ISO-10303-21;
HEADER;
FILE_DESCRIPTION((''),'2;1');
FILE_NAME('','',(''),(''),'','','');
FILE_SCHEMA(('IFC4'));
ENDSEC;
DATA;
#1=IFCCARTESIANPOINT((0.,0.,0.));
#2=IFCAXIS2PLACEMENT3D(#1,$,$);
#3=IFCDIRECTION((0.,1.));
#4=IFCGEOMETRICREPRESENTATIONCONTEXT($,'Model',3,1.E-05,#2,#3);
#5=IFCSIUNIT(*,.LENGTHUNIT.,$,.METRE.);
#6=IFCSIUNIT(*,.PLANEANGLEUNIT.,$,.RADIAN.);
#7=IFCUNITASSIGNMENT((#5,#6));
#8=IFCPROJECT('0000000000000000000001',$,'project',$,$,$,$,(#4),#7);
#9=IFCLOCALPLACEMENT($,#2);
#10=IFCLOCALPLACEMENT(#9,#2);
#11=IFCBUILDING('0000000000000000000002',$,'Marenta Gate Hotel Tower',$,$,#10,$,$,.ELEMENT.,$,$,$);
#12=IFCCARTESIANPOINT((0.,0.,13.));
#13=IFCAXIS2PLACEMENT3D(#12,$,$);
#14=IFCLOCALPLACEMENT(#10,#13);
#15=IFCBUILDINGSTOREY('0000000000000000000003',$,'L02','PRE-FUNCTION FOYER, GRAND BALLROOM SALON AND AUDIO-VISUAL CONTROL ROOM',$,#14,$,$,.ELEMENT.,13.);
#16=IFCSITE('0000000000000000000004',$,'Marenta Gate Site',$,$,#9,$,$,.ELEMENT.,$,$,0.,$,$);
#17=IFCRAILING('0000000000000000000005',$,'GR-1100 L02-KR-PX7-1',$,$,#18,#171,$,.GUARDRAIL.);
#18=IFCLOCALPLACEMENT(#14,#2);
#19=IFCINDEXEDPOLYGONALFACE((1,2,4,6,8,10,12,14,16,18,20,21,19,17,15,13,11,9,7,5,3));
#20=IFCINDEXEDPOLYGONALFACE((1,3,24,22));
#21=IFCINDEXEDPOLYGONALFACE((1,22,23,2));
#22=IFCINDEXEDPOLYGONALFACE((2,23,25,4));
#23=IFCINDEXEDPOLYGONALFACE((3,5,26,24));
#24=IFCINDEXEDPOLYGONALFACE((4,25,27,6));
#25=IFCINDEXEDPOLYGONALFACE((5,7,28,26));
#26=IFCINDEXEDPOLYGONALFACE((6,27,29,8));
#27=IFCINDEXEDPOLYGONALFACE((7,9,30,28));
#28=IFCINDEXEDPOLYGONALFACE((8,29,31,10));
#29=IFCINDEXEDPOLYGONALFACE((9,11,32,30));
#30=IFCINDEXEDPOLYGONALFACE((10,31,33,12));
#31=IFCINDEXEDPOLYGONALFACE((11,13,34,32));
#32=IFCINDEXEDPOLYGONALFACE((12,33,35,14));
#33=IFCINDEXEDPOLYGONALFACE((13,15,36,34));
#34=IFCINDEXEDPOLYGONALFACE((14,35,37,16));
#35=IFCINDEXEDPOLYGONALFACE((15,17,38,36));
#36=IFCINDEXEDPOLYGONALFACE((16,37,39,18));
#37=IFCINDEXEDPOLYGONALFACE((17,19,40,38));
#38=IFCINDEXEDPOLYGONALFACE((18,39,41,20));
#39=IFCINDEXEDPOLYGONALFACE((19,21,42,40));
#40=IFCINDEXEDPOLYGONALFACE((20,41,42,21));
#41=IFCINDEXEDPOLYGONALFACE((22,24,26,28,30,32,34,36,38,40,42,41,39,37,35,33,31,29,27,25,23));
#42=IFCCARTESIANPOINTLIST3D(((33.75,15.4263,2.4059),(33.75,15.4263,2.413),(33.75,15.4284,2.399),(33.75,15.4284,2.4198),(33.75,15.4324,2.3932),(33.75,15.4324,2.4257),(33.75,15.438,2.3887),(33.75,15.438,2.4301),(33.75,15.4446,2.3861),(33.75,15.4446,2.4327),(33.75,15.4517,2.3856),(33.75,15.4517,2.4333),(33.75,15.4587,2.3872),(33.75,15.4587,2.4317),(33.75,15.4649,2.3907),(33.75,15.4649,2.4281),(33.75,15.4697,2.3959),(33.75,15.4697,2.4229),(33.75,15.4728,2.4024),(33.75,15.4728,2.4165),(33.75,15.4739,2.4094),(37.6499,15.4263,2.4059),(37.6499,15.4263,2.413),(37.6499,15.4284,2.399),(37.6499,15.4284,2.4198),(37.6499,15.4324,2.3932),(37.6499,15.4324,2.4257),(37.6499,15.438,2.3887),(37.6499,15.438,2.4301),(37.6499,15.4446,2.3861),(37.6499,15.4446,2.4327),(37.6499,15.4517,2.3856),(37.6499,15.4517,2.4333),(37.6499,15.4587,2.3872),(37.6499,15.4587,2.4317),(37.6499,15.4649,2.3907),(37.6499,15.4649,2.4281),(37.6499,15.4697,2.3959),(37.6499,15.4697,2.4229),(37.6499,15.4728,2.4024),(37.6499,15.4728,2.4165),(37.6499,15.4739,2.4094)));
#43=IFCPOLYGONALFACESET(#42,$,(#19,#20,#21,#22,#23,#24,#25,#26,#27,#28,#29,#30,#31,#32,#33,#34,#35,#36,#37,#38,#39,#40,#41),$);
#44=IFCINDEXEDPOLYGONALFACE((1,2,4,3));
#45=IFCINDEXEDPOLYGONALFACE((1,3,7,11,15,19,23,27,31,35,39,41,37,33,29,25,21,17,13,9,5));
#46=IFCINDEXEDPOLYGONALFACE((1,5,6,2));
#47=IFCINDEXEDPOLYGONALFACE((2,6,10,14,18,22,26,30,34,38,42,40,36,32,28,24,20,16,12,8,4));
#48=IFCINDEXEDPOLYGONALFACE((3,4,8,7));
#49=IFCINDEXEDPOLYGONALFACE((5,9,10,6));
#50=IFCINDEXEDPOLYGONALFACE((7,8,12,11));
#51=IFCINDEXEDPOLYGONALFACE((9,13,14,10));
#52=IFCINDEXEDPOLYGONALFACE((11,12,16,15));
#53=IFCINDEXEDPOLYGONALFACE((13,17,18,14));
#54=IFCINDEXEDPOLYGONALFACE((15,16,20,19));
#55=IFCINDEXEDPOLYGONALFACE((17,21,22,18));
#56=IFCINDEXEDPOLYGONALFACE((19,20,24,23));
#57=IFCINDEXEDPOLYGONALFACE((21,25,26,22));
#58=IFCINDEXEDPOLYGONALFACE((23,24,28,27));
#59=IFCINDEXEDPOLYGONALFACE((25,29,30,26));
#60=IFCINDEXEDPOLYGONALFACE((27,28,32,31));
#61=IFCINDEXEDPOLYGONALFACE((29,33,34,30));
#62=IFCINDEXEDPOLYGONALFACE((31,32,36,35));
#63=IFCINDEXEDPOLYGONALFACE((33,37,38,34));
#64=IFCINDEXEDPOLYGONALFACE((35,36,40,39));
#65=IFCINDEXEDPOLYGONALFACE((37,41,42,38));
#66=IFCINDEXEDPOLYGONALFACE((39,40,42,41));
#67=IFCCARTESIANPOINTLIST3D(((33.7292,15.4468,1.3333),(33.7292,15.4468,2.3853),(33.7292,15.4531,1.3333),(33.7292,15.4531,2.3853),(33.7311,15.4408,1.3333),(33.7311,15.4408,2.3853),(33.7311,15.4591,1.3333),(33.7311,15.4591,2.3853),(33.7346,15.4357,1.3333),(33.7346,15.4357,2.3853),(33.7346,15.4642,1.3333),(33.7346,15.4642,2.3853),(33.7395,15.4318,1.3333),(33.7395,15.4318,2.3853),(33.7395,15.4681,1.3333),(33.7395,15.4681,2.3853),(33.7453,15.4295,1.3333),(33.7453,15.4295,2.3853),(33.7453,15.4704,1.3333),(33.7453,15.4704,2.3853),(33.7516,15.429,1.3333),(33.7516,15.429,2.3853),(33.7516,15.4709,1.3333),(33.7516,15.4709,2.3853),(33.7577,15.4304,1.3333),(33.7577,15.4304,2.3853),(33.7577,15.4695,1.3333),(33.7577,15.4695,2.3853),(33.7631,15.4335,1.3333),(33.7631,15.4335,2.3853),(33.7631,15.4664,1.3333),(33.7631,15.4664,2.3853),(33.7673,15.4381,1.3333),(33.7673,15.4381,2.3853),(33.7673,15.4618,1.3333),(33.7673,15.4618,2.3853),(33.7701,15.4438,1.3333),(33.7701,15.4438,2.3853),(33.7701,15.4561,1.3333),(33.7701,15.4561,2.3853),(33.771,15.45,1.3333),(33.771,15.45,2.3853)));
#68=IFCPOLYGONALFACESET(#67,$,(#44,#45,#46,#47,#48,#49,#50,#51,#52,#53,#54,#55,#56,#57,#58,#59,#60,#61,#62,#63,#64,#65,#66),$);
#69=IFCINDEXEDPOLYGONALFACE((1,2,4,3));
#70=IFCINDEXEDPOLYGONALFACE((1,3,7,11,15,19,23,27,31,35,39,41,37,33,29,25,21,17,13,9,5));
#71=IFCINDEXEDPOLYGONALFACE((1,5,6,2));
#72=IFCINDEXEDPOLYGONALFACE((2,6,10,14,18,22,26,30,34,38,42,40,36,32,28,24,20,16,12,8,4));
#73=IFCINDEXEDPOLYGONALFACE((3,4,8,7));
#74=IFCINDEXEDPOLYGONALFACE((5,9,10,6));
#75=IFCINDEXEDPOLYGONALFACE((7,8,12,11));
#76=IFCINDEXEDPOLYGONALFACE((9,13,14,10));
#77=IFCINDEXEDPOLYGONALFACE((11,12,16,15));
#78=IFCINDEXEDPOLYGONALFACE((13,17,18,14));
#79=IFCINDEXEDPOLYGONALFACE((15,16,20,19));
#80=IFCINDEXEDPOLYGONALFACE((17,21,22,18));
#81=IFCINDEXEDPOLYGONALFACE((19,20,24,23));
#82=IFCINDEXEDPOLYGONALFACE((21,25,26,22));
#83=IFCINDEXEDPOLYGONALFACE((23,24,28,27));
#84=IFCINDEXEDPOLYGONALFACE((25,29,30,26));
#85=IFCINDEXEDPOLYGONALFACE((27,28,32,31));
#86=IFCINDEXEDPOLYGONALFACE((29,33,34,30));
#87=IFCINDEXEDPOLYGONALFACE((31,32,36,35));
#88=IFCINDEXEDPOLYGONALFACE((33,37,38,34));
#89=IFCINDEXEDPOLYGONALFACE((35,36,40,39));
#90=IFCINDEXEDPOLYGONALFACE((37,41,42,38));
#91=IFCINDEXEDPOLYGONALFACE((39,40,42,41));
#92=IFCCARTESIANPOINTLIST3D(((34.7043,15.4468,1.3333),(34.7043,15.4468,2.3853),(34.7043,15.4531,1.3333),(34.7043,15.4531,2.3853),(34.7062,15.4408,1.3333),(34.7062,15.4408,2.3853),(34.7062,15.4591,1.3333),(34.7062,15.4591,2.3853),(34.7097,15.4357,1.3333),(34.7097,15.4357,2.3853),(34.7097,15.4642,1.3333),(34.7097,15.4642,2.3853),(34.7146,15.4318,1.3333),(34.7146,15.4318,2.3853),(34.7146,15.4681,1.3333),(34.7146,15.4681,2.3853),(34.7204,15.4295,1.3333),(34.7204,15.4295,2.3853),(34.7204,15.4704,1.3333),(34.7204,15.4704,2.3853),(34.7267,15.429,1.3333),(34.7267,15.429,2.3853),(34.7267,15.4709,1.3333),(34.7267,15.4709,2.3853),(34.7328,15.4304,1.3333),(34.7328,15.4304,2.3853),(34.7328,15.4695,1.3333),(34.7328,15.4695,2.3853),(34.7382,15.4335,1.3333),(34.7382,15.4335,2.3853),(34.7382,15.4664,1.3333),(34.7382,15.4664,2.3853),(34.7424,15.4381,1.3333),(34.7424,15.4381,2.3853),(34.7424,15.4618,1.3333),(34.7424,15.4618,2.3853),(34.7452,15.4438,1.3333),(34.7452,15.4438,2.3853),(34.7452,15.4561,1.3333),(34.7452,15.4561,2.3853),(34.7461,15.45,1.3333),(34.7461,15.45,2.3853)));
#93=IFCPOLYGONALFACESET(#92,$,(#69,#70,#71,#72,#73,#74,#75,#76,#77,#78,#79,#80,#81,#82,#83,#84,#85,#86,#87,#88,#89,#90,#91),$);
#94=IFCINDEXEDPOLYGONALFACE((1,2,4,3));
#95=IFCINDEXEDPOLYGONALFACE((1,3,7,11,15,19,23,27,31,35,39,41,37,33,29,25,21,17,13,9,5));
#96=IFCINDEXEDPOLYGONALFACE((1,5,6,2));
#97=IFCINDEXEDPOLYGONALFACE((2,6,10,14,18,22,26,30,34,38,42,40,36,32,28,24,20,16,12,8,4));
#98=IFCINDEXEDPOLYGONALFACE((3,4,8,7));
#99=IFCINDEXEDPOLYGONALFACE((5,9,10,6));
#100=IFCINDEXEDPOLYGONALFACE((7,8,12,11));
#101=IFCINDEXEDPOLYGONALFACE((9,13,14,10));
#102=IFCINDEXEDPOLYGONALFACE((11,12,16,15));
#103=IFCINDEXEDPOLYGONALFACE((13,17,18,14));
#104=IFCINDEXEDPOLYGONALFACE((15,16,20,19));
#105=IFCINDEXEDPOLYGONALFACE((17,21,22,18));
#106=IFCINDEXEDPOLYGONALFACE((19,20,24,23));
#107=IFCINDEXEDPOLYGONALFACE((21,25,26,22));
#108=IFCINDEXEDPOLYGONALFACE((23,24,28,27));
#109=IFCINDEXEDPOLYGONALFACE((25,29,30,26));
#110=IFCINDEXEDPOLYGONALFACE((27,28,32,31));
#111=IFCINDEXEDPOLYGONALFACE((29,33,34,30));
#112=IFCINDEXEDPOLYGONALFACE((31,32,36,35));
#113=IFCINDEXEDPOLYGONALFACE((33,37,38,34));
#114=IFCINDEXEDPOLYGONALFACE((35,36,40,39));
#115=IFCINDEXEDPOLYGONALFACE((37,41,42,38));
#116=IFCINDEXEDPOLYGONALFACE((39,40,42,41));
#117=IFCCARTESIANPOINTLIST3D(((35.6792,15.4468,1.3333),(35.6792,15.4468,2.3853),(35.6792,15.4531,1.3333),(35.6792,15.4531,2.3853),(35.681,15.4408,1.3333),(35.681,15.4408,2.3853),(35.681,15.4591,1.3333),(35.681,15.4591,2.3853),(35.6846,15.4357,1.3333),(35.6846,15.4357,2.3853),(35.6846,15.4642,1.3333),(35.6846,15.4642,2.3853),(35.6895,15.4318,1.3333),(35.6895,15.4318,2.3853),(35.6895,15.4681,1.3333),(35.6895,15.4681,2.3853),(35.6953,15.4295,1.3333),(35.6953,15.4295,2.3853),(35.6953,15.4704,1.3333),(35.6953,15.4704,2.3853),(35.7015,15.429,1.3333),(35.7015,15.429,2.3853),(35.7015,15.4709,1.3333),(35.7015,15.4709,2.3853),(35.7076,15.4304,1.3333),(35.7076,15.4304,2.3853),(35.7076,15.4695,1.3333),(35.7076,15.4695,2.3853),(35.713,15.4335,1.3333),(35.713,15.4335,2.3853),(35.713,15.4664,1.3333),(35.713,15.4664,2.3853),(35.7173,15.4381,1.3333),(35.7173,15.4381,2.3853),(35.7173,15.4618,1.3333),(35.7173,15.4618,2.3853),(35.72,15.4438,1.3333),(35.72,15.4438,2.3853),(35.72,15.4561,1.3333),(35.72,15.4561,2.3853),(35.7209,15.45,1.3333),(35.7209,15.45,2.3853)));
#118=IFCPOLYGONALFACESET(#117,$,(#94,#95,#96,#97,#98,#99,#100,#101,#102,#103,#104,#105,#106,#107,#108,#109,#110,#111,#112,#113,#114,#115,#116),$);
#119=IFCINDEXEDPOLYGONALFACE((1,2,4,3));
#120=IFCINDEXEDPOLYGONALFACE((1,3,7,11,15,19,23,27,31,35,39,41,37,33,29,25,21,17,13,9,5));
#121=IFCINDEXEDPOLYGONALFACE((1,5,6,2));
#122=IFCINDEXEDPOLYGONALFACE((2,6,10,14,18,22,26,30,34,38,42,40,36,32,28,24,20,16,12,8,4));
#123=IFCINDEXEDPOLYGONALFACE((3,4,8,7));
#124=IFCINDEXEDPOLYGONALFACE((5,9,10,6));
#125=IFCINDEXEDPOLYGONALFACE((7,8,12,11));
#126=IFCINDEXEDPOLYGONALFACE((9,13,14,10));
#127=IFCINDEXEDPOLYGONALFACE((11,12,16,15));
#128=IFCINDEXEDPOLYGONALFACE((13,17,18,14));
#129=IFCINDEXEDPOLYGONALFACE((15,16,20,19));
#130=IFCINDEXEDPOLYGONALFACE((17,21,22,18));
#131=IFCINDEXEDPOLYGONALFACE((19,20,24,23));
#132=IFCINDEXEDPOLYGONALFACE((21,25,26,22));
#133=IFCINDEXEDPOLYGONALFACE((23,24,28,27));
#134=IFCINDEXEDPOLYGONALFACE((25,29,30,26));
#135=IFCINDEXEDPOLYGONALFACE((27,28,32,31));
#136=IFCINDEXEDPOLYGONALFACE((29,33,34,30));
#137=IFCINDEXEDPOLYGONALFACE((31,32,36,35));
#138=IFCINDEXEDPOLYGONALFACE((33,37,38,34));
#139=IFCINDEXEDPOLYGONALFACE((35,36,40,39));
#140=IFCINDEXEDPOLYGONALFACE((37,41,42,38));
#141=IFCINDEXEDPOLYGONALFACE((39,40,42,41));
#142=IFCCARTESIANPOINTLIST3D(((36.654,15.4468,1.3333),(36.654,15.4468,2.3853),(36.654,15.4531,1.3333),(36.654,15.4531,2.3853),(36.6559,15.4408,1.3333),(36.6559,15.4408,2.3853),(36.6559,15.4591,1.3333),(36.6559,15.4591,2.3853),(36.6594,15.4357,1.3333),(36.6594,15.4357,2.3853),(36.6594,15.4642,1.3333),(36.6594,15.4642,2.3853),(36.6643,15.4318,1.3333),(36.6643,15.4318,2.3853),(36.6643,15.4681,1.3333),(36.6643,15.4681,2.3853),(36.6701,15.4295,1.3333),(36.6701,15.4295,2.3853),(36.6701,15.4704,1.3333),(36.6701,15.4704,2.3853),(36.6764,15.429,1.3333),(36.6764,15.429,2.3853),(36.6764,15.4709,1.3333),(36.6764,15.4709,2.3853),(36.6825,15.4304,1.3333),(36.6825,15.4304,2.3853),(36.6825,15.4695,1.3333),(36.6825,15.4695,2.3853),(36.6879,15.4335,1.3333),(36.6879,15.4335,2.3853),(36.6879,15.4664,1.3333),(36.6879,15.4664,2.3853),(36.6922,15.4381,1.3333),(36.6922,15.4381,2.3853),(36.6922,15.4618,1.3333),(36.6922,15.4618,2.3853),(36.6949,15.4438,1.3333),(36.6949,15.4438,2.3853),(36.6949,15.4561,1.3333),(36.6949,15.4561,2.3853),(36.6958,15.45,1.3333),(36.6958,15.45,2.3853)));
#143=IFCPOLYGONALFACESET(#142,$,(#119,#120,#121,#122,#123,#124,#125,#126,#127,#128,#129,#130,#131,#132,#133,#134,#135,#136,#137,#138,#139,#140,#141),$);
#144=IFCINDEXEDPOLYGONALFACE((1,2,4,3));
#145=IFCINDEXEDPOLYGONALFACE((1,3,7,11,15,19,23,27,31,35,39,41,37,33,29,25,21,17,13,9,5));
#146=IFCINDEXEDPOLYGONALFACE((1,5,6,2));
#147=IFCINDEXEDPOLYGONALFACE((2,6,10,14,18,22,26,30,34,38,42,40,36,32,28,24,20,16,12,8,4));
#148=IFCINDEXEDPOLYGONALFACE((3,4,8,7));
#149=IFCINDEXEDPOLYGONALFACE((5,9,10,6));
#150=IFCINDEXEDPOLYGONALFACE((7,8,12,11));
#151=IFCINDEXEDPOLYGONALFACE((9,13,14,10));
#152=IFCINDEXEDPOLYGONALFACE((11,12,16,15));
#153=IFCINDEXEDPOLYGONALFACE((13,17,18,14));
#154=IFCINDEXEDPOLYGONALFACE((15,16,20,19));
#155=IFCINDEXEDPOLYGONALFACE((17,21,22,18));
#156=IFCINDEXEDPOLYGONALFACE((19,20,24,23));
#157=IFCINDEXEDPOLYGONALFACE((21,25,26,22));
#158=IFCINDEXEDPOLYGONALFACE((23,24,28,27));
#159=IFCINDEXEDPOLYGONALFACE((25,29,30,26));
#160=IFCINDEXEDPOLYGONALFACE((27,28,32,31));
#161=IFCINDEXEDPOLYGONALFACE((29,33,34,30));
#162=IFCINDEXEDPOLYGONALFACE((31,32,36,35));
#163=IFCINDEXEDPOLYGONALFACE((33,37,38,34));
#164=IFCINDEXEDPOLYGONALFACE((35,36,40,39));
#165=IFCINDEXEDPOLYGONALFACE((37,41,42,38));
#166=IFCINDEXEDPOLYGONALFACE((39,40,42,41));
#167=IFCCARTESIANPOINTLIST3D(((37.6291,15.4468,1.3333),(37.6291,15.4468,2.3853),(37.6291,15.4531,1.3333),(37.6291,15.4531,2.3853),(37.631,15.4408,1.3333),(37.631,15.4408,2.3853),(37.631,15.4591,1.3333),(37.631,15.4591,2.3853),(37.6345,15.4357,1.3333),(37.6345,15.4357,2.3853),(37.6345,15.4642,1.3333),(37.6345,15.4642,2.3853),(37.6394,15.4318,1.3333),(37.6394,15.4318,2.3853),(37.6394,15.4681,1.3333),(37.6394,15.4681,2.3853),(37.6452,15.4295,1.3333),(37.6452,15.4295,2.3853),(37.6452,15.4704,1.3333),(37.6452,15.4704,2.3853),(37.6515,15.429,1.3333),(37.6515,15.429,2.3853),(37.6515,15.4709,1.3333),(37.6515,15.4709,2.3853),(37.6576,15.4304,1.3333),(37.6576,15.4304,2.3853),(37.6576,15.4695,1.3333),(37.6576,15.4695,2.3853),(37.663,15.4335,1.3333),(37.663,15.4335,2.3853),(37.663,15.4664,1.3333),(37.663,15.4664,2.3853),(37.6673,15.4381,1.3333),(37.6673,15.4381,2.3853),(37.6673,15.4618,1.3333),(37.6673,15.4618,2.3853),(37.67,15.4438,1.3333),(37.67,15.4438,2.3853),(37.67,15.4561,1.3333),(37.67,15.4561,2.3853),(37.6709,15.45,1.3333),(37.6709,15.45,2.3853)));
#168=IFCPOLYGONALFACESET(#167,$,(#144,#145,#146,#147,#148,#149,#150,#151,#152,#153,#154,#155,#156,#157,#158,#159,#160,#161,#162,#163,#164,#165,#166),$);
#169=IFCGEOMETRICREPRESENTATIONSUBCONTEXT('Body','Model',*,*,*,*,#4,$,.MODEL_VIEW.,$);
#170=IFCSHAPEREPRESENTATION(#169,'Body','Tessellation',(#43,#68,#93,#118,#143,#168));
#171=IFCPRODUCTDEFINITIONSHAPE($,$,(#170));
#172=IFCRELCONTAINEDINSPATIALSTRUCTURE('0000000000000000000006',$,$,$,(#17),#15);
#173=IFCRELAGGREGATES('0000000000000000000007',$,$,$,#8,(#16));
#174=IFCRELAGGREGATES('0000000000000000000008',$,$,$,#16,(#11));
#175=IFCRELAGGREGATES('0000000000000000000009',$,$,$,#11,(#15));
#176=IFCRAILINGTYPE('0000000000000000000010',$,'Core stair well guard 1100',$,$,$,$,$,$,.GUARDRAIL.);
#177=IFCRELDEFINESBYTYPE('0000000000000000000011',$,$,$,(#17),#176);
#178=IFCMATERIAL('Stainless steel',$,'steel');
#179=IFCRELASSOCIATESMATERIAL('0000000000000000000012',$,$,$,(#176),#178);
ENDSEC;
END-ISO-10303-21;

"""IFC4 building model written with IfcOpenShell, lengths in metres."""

from ifc_helpers import new_model, si_unit, direction, frame, origin, origin_2d, place, context, subcontext, project, spatial, circle, extrude, material, type_object, element, save


model = new_model("IFC4")

# Units and contexts
model_context = context("Model", 3, precision=1e-05, world=origin(), true_north=direction((0.0, 1.0)))
body_context = subcontext(model_context, "Body", "Model", "MODEL_VIEW")
ifc_project = project(units=[si_unit("LENGTHUNIT", "METRE"), si_unit("PLANEANGLEUNIT", "RADIAN")], contexts=[model_context])

# Site, building, storey
site_placement = place(None, origin())
site = spatial("IfcSite", under=ifc_project, at=site_placement, Name="Marenta Gate Site", CompositionType="ELEMENT", RefElevation=0.0)
building_placement = place(site_placement, origin())
building = spatial("IfcBuilding", under=site, at=building_placement, Name="Marenta Gate Hotel Tower", CompositionType="ELEMENT")
storey_placement = place(building_placement, frame((0.0, 0.0, 13.0)))
storey = spatial("IfcBuildingStorey", under=building, at=storey_placement, Name="L02", Description="PRE-FUNCTION FOYER, GRAND BALLROOM SALON AND AUDIO-VISUAL CONTROL ROOM", CompositionType="ELEMENT", Elevation=13.0)

# Railing
ifc_material_1 = material(Name="Stainless steel", Category="steel")
railing_type = type_object("IfcRailingType", Name="Core stair well guard 1100", PredefinedType="GUARDRAIL", material=ifc_material_1)
for number, where, name in (
    (1, (33.75, 15.45, 1.3333), "GR-1100 L02-KR-PX7-1"),
):
    element("IfcRailing", number, at=place(storey_placement, frame(where)), inside=storey, type_object=railing_type, Name=name, PredefinedType="GUARDRAIL", context=body_context, shape_type="SweptSolid", body=[
        extrude(circle(Radius=0.0239, at=origin_2d()), frame((0.0, 0.0, 1.0762), z_axis=(1.0, 0.0, 0.0), x_axis=(0.0, 1.0, 0.0)), (0.0, 0.0, 1.0), 3.8999),
        extrude(circle(Radius=0.021, at=origin_2d()), origin(), (0.0, 0.0, 1.0), 1.052),
        extrude(circle(Radius=0.021, at=origin_2d()), frame((0.9751, 0.0, 0.0)), (0.0, 0.0, 1.0), 1.052),
        extrude(circle(Radius=0.021, at=origin_2d()), frame((1.95, 0.0, 0.0)), (0.0, 0.0, 1.0), 1.052),
        extrude(circle(Radius=0.021, at=origin_2d()), frame((2.9248, 0.0, 0.0)), (0.0, 0.0, 1.0), 1.052),
        extrude(circle(Radius=0.021, at=origin_2d()), frame((3.8999, 0.0, 0.0)), (0.0, 0.0, 1.0), 1.052),
    ])

save(model, "model.ifc")
